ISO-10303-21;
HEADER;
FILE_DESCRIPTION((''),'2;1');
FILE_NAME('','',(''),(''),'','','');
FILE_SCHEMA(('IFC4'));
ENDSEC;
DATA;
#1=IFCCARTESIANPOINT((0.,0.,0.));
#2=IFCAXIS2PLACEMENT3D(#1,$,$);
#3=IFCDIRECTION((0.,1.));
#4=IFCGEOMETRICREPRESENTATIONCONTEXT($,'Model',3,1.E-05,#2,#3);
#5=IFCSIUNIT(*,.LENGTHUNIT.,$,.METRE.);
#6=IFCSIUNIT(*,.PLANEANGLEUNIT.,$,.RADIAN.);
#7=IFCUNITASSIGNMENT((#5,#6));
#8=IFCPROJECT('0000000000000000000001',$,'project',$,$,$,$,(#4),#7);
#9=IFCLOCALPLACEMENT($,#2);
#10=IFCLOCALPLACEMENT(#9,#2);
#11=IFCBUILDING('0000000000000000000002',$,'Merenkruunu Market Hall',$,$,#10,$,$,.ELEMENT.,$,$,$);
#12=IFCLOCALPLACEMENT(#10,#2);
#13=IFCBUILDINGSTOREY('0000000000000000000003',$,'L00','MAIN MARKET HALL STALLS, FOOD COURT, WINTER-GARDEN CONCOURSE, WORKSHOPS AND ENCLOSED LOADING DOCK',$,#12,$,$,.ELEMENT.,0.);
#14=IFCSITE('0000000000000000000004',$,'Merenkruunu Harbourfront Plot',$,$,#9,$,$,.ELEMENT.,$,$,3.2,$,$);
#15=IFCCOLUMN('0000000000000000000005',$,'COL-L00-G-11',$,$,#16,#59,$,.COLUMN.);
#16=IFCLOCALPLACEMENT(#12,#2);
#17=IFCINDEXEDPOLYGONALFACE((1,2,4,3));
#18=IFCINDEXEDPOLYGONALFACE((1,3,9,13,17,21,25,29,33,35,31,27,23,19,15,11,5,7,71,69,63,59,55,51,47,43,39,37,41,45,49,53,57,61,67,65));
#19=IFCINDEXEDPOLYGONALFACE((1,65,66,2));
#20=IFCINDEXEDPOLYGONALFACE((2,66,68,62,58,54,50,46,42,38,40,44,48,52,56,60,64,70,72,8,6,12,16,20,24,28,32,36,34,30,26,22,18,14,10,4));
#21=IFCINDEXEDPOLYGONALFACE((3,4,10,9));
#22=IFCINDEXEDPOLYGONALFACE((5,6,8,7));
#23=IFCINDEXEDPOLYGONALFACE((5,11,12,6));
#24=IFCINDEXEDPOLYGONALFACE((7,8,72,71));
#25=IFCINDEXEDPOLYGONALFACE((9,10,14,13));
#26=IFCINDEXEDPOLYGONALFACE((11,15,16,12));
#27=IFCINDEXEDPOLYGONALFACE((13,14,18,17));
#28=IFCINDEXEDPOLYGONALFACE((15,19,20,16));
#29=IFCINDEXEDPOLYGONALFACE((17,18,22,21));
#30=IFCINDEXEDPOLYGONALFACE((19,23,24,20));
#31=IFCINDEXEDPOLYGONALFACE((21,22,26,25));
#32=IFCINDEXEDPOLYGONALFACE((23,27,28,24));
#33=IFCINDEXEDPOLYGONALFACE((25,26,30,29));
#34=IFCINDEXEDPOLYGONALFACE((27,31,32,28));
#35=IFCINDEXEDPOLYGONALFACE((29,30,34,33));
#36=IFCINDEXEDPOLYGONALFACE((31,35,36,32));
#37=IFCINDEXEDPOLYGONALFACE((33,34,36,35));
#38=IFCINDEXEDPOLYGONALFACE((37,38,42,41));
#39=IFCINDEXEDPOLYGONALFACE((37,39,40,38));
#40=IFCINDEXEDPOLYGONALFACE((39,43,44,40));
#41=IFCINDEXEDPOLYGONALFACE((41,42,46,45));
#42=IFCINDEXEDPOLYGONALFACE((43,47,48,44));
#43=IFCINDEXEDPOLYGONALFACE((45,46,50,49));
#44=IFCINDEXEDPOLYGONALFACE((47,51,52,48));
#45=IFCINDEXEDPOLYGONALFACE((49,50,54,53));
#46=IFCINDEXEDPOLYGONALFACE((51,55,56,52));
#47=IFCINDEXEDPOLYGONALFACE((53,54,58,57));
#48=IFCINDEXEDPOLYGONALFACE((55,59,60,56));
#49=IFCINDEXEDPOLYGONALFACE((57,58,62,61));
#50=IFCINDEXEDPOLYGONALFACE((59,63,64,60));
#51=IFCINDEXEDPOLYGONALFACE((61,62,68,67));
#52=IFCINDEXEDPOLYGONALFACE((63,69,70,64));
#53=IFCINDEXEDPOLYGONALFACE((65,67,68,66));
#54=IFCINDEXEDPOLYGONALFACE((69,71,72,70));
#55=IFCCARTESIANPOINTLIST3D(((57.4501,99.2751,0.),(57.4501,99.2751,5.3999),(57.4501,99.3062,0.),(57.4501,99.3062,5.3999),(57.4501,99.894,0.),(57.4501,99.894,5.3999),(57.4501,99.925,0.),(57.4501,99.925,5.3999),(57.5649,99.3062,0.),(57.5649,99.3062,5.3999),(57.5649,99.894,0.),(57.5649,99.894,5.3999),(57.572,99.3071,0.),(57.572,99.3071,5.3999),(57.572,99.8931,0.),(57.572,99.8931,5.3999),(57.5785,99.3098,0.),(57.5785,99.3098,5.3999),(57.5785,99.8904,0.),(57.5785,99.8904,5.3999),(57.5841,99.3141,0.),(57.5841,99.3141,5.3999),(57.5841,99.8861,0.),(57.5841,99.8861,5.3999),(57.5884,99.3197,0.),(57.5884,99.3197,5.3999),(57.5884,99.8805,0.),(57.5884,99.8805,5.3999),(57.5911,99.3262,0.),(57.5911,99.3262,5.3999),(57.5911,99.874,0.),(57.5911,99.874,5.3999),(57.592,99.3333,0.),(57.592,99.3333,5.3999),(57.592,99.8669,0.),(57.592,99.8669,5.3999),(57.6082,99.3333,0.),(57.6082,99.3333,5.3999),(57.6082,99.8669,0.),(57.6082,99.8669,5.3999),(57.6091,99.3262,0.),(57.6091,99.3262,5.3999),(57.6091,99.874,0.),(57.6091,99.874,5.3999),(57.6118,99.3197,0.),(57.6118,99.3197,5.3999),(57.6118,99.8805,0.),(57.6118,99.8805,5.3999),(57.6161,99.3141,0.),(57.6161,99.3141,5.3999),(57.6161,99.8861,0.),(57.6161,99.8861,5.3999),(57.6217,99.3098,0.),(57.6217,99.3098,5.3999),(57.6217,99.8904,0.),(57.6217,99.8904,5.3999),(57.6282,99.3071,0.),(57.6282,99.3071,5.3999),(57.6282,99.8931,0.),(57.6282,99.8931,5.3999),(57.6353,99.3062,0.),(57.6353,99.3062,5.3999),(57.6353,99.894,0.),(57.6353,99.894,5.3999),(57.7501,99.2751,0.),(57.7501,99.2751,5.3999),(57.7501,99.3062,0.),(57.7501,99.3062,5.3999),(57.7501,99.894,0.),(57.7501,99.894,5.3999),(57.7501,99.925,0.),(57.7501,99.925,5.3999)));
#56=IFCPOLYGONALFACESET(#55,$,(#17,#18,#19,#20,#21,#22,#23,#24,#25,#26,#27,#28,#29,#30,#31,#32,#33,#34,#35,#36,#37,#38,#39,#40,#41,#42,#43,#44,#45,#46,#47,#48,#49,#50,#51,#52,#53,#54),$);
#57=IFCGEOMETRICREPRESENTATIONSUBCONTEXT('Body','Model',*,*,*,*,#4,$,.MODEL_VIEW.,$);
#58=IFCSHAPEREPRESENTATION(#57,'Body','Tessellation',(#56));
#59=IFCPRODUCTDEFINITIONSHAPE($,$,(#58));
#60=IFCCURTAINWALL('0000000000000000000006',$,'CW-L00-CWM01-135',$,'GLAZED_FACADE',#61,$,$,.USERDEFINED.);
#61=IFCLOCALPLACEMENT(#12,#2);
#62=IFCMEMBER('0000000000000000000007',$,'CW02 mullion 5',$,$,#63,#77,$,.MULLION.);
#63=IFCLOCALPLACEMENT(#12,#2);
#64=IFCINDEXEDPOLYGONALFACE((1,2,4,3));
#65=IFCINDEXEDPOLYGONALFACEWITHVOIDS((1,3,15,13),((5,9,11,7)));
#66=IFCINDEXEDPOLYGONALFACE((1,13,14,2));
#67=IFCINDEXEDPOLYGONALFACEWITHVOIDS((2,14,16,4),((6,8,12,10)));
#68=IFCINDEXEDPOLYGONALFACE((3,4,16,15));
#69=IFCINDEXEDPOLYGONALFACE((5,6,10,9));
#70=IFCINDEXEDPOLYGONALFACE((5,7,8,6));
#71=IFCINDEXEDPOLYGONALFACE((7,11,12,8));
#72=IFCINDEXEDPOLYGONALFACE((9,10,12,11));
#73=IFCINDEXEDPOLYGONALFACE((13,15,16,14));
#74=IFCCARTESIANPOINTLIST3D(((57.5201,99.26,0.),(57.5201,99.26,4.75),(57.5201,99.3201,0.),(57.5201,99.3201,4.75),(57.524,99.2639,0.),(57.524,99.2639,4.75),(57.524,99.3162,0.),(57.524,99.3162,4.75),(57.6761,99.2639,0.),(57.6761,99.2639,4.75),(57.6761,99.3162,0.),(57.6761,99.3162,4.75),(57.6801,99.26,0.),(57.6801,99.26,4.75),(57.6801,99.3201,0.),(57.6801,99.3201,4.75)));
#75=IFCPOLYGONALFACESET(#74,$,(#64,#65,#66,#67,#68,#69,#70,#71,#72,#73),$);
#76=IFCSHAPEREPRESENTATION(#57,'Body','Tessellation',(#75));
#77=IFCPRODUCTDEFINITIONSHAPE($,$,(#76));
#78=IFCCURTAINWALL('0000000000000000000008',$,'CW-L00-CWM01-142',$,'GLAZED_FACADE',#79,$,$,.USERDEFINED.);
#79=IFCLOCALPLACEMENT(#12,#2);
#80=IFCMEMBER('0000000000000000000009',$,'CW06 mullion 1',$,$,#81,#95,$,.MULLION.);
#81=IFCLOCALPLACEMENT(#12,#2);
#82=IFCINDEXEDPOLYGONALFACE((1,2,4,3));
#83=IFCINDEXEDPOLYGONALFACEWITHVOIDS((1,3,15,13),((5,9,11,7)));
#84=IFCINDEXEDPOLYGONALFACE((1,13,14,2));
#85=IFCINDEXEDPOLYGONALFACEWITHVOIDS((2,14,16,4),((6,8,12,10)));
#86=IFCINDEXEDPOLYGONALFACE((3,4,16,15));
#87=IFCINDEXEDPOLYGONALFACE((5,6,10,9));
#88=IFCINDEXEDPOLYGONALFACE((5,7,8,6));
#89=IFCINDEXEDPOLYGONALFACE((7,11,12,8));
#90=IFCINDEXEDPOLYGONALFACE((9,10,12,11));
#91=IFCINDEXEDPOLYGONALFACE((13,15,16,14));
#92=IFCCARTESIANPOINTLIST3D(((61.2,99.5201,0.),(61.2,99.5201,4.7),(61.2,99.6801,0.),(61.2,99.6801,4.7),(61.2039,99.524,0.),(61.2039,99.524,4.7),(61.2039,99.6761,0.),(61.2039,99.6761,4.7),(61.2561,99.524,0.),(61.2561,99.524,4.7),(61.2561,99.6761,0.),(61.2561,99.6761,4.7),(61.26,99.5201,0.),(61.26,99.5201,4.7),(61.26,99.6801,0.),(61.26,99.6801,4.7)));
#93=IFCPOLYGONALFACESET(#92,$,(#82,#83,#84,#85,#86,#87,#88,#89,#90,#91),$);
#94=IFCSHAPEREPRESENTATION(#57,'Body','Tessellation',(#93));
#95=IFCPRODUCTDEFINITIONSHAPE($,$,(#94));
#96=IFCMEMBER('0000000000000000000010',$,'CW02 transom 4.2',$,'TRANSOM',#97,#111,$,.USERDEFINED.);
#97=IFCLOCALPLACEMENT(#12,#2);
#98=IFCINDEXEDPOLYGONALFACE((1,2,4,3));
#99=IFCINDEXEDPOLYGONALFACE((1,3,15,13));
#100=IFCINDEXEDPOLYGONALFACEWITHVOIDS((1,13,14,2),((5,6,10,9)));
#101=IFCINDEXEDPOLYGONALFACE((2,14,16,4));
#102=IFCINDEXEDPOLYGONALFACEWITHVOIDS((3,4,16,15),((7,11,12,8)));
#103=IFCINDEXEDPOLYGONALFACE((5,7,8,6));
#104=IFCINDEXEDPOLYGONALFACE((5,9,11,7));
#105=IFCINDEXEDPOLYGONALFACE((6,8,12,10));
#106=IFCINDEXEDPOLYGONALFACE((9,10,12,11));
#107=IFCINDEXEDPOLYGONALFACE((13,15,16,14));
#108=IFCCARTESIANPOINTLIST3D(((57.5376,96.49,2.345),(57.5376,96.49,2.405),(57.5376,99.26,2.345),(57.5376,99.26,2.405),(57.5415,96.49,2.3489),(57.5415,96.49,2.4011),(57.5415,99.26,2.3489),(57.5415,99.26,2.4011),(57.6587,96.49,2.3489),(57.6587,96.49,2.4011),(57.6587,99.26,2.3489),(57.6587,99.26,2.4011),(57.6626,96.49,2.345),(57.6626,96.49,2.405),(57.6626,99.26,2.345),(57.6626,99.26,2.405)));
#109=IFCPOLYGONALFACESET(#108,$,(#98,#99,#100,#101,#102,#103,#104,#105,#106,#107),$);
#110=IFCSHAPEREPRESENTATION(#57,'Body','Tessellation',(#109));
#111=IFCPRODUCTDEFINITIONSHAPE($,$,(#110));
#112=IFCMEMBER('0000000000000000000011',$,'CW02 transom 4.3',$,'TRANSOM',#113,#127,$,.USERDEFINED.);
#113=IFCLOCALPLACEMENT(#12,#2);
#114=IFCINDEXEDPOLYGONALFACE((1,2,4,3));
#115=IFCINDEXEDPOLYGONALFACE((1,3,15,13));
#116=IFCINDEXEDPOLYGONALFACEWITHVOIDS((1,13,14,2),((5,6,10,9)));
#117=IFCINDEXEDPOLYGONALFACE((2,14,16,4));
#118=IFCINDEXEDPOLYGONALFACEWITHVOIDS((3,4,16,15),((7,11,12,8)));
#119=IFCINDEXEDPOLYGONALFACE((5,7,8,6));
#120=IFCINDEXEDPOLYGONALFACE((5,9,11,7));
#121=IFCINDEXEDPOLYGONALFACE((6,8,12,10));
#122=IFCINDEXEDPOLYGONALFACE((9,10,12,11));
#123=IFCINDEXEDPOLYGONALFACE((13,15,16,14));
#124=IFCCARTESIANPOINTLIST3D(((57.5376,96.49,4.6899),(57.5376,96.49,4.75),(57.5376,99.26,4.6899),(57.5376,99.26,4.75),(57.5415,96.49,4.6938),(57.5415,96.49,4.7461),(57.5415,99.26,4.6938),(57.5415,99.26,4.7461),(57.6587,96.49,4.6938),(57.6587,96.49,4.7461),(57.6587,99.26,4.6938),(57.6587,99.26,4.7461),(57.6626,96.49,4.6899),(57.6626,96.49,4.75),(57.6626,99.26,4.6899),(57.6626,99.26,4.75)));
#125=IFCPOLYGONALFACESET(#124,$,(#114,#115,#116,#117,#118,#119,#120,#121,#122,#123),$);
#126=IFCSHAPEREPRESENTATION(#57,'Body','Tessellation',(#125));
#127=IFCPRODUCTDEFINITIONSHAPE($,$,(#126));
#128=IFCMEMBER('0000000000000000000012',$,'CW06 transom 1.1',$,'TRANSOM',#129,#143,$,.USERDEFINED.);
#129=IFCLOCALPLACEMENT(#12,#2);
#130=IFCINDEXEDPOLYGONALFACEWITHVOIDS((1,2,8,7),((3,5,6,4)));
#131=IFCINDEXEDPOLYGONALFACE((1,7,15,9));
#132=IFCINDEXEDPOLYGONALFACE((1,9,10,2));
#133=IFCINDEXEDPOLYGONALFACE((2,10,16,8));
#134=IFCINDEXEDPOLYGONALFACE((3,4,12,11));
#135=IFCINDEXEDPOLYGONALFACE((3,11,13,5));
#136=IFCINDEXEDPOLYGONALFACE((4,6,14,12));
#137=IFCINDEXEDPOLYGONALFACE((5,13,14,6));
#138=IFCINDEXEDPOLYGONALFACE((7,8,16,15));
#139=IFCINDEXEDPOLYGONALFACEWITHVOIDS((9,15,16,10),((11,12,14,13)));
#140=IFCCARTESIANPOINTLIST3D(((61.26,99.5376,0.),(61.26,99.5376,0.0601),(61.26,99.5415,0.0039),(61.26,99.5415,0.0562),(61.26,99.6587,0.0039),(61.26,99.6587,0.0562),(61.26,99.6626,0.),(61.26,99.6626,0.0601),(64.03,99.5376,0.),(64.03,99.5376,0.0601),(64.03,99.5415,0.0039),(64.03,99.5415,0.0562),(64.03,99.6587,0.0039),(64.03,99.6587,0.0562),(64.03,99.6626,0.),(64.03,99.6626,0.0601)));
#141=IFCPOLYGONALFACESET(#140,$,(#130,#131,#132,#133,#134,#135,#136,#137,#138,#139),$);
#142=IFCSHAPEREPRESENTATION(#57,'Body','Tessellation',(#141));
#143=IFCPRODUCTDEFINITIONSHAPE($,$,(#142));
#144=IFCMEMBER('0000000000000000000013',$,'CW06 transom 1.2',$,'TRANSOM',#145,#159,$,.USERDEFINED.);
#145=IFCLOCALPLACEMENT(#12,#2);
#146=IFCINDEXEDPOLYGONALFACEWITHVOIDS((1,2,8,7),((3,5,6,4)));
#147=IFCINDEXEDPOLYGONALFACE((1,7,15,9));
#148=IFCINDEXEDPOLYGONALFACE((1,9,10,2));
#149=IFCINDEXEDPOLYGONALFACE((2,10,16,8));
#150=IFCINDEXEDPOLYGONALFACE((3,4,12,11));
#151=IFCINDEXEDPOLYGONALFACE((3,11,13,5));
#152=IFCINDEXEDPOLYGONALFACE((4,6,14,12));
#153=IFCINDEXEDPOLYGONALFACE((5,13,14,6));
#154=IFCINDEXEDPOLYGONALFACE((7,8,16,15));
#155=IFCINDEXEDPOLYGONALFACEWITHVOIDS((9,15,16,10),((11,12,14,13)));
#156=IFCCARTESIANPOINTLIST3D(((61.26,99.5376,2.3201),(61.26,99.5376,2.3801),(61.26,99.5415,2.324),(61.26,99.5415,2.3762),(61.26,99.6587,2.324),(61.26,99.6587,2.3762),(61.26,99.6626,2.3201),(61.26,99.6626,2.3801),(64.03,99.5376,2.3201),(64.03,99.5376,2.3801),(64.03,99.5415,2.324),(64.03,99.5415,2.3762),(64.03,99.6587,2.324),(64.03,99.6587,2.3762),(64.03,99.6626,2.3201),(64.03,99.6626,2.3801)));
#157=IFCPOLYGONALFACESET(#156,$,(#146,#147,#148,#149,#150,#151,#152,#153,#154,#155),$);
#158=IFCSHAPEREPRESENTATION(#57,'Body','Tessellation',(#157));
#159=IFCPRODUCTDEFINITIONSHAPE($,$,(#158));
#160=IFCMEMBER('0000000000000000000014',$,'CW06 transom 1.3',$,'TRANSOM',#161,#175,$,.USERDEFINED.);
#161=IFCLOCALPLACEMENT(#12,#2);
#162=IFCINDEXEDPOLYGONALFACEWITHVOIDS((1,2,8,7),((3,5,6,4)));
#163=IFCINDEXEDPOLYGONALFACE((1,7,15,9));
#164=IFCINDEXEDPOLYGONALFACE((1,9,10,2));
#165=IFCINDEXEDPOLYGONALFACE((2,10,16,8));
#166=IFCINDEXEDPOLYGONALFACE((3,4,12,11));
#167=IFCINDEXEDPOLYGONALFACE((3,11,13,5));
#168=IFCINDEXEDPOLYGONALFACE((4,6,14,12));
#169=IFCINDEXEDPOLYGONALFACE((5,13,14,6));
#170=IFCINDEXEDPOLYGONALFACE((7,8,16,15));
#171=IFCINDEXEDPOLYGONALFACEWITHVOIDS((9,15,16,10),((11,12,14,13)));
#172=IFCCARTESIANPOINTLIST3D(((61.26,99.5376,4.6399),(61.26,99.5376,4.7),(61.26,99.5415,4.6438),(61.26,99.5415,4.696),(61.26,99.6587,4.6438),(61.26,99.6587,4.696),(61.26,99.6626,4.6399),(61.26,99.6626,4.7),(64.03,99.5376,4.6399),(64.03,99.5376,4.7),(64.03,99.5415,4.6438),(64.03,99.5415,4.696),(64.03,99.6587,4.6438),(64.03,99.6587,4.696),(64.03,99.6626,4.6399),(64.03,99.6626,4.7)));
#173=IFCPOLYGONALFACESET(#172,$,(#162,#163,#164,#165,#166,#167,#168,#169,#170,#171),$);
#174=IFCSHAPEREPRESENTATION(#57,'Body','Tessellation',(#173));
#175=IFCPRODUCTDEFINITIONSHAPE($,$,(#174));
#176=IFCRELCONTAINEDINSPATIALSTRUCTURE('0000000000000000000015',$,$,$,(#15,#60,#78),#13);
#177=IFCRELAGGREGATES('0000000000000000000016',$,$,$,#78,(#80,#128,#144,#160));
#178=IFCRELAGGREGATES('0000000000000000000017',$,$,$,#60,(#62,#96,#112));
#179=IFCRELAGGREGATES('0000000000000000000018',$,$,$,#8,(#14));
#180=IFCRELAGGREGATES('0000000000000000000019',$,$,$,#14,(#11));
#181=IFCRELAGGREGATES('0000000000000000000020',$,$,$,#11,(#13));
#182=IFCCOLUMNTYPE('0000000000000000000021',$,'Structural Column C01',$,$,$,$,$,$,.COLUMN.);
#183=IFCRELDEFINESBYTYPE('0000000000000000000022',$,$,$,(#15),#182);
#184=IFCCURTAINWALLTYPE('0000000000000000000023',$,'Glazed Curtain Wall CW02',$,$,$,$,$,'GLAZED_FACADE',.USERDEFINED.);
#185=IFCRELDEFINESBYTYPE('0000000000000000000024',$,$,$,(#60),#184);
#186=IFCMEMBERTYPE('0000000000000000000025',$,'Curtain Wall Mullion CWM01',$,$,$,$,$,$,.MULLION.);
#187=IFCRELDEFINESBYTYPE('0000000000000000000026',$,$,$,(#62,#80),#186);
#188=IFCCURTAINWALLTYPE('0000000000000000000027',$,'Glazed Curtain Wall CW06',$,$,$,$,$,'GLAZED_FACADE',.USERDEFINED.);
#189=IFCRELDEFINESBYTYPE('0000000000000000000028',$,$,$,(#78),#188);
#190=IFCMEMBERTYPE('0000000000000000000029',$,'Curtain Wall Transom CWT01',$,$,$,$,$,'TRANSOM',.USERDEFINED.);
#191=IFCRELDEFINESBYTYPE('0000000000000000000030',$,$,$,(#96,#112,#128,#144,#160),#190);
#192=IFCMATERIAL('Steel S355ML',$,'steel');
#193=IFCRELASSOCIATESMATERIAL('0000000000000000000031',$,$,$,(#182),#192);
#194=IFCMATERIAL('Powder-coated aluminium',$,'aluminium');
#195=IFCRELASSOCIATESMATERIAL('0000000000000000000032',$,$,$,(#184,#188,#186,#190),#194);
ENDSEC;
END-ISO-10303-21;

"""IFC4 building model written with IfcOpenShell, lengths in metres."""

from ifc_helpers import new_model, si_unit, direction, frame, origin, origin_2d, place, context, subcontext, project, spatial, hollow_rectangle, i_section, extrude, material, material_profile, profile_set, type_object, element, aggregate, save


model = new_model("IFC4")

# Units and contexts
model_context = context("Model", 3, precision=1e-05, world=origin(), true_north=direction((0.0, 1.0)))
body_context = subcontext(model_context, "Body", "Model", "MODEL_VIEW")
ifc_project = project(units=[si_unit("LENGTHUNIT", "METRE"), si_unit("PLANEANGLEUNIT", "RADIAN")], contexts=[model_context])

# Site, building, storey
site_placement = place(None, origin())
site = spatial("IfcSite", under=ifc_project, at=site_placement, Name="Merenkruunu Harbourfront Plot", CompositionType="ELEMENT", RefElevation=3.2)
building_placement = place(site_placement, origin())
building = spatial("IfcBuilding", under=site, at=building_placement, Name="Merenkruunu Market Hall", CompositionType="ELEMENT")
storey_placement = place(building_placement, origin())
storey = spatial("IfcBuildingStorey", under=building, at=storey_placement, Name="L00", Description="MAIN MARKET HALL STALLS, FOOD COURT, WINTER-GARDEN CONCOURSE, WORKSHOPS AND ENCLOSED LOADING DOCK", CompositionType="ELEMENT", Elevation=0.0)

# Column
ifc_material_1 = material(Name="Steel S355ML", Category="steel")
ifc_material_profile_1 = material_profile(ifc_material_1, i_section(OverallWidth=0.3, OverallDepth=0.6499, WebThickness=0.0161, FlangeThickness=0.031, FilletRadius=0.0271, at=origin_2d()), Name="HEB 650")
ifc_profile_set_1 = profile_set([ifc_material_profile_1], Name="Steel S355ML")
column_type = type_object("IfcColumnType", Name="Structural Column C01", PredefinedType="COLUMN", material=ifc_profile_set_1)
column_placement = place(storey_placement, frame((57.6001, 99.6001, 0.0), z_axis=(0.0, 0.0, 1.0), x_axis=(1.0, 0.0, 0.0)))
element("IfcColumn", 1, at=column_placement, inside=storey, type_object=column_type, Name="COL-L00-G-11", PredefinedType="COLUMN", context=body_context, shape_type="SweptSolid", body=[
    extrude(i_section(OverallWidth=0.3, OverallDepth=0.6499, WebThickness=0.0161, FlangeThickness=0.031, FilletRadius=0.0271, at=origin_2d()), origin(), (0.0, 0.0, 1.0), 5.3999),
])

# Curtain walls, members
ifc_material_2 = material(Name="Powder-coated aluminium", Category="aluminium")
curtain_wall_type_1 = type_object("IfcCurtainWallType", Name="Glazed Curtain Wall CW02", ElementType="GLAZED_FACADE", PredefinedType="USERDEFINED", material=ifc_material_2)
curtain_wall_1_placement = place(storey_placement, origin())
curtain_wall_1 = element("IfcCurtainWall", 2, at=curtain_wall_1_placement, inside=storey, type_object=curtain_wall_type_1, Name="CW-L00-CWM01-135", ObjectType="GLAZED_FACADE", PredefinedType="USERDEFINED")
ifc_material_profile_2 = material_profile(ifc_material_2, hollow_rectangle(XDim=0.0601, YDim=0.1599, WallThickness=0.0039, at=origin_2d()), Name="ALU 60x160x4")
ifc_profile_set_2 = profile_set([ifc_material_profile_2], Name="Powder-coated aluminium")
member_type_1 = type_object("IfcMemberType", Name="Curtain Wall Mullion CWM01", PredefinedType="MULLION", material=ifc_profile_set_2)
member_1_placement = place(storey_placement, frame((57.6001, 99.29, 0.0), z_axis=(0.0, 0.0, 1.0), x_axis=(0.0, 1.0, 0.0)))
member_1 = element("IfcMember", 3, at=member_1_placement, type_object=member_type_1, Name="CW02 mullion 5", PredefinedType="MULLION", context=body_context, shape_type="SweptSolid", body=[
    extrude(hollow_rectangle(XDim=0.0601, YDim=0.1599, WallThickness=0.0039, at=origin_2d()), origin(), (0.0, 0.0, 1.0), 4.75),
])
curtain_wall_type_2 = type_object("IfcCurtainWallType", Name="Glazed Curtain Wall CW06", ElementType="GLAZED_FACADE", PredefinedType="USERDEFINED", material=ifc_material_2)
curtain_wall_2_placement = place(storey_placement, origin())
curtain_wall_2 = element("IfcCurtainWall", 4, at=curtain_wall_2_placement, inside=storey, type_object=curtain_wall_type_2, Name="CW-L00-CWM01-142", ObjectType="GLAZED_FACADE", PredefinedType="USERDEFINED")
member_2_placement = place(storey_placement, frame((61.23, 99.6001, 0.0), z_axis=(0.0, 0.0, 1.0), x_axis=(1.0, 0.0, 0.0)))
member_2 = element("IfcMember", 5, at=member_2_placement, type_object=member_type_1, Name="CW06 mullion 1", PredefinedType="MULLION", context=body_context, shape_type="SweptSolid", body=[
    extrude(hollow_rectangle(XDim=0.0601, YDim=0.1599, WallThickness=0.0039, at=origin_2d()), origin(), (0.0, 0.0, 1.0), 4.7),
])

# Members
ifc_material_profile_3 = material_profile(ifc_material_2, hollow_rectangle(XDim=0.0601, YDim=0.125, WallThickness=0.0039, at=origin_2d()), Name="ALU 60x125x4")
ifc_profile_set_3 = profile_set([ifc_material_profile_3], Name="Powder-coated aluminium")
member_type_2 = type_object("IfcMemberType", Name="Curtain Wall Transom CWT01", ElementType="TRANSOM", PredefinedType="USERDEFINED", material=ifc_profile_set_3)
member_3_placement = place(storey_placement, frame((57.6001, 96.49, 2.375), z_axis=(0.0, 1.0, 0.0), x_axis=(0.0, 0.0, 1.0)))
member_3 = element("IfcMember", 6, at=member_3_placement, type_object=member_type_2, Name="CW02 transom 4.2", ObjectType="TRANSOM", PredefinedType="USERDEFINED", context=body_context, shape_type="SweptSolid", body=[
    extrude(hollow_rectangle(XDim=0.0601, YDim=0.125, WallThickness=0.0039, at=origin_2d()), origin(), (0.0, 0.0, 1.0), 2.77),
])
member_4_placement = place(storey_placement, frame((57.6001, 96.49, 4.72), z_axis=(0.0, 1.0, 0.0), x_axis=(0.0, 0.0, 1.0)))
member_4 = element("IfcMember", 7, at=member_4_placement, type_object=member_type_2, Name="CW02 transom 4.3", ObjectType="TRANSOM", PredefinedType="USERDEFINED", context=body_context, shape_type="SweptSolid", body=[
    extrude(hollow_rectangle(XDim=0.0601, YDim=0.125, WallThickness=0.0039, at=origin_2d()), origin(), (0.0, 0.0, 1.0), 2.77),
])
member_5_placement = place(storey_placement, frame((61.26, 99.6001, 0.03), z_axis=(1.0, 0.0, 0.0), x_axis=(0.0, 0.0, 1.0)))
member_5 = element("IfcMember", 8, at=member_5_placement, type_object=member_type_2, Name="CW06 transom 1.1", ObjectType="TRANSOM", PredefinedType="USERDEFINED", context=body_context, shape_type="SweptSolid", body=[
    extrude(hollow_rectangle(XDim=0.0601, YDim=0.125, WallThickness=0.0039, at=origin_2d()), origin(), (0.0, 0.0, 1.0), 2.77),
])
member_6_placement = place(storey_placement, frame((61.26, 99.6001, 2.3501), z_axis=(1.0, 0.0, 0.0), x_axis=(0.0, 0.0, 1.0)))
member_6 = element("IfcMember", 9, at=member_6_placement, type_object=member_type_2, Name="CW06 transom 1.2", ObjectType="TRANSOM", PredefinedType="USERDEFINED", context=body_context, shape_type="SweptSolid", body=[
    extrude(hollow_rectangle(XDim=0.0601, YDim=0.125, WallThickness=0.0039, at=origin_2d()), origin(), (0.0, 0.0, 1.0), 2.77),
])
member_7_placement = place(storey_placement, frame((61.26, 99.6001, 4.6699), z_axis=(1.0, 0.0, 0.0), x_axis=(0.0, 0.0, 1.0)))
member_7 = element("IfcMember", 10, at=member_7_placement, type_object=member_type_2, Name="CW06 transom 1.3", ObjectType="TRANSOM", PredefinedType="USERDEFINED", context=body_context, shape_type="SweptSolid", body=[
    extrude(hollow_rectangle(XDim=0.0601, YDim=0.125, WallThickness=0.0039, at=origin_2d()), origin(), (0.0, 0.0, 1.0), 2.77),
])
aggregate(curtain_wall_2, [member_2, member_5, member_6, member_7])

aggregate(curtain_wall_1, [member_1, member_3, member_4])

save(model, "model.ifc")
